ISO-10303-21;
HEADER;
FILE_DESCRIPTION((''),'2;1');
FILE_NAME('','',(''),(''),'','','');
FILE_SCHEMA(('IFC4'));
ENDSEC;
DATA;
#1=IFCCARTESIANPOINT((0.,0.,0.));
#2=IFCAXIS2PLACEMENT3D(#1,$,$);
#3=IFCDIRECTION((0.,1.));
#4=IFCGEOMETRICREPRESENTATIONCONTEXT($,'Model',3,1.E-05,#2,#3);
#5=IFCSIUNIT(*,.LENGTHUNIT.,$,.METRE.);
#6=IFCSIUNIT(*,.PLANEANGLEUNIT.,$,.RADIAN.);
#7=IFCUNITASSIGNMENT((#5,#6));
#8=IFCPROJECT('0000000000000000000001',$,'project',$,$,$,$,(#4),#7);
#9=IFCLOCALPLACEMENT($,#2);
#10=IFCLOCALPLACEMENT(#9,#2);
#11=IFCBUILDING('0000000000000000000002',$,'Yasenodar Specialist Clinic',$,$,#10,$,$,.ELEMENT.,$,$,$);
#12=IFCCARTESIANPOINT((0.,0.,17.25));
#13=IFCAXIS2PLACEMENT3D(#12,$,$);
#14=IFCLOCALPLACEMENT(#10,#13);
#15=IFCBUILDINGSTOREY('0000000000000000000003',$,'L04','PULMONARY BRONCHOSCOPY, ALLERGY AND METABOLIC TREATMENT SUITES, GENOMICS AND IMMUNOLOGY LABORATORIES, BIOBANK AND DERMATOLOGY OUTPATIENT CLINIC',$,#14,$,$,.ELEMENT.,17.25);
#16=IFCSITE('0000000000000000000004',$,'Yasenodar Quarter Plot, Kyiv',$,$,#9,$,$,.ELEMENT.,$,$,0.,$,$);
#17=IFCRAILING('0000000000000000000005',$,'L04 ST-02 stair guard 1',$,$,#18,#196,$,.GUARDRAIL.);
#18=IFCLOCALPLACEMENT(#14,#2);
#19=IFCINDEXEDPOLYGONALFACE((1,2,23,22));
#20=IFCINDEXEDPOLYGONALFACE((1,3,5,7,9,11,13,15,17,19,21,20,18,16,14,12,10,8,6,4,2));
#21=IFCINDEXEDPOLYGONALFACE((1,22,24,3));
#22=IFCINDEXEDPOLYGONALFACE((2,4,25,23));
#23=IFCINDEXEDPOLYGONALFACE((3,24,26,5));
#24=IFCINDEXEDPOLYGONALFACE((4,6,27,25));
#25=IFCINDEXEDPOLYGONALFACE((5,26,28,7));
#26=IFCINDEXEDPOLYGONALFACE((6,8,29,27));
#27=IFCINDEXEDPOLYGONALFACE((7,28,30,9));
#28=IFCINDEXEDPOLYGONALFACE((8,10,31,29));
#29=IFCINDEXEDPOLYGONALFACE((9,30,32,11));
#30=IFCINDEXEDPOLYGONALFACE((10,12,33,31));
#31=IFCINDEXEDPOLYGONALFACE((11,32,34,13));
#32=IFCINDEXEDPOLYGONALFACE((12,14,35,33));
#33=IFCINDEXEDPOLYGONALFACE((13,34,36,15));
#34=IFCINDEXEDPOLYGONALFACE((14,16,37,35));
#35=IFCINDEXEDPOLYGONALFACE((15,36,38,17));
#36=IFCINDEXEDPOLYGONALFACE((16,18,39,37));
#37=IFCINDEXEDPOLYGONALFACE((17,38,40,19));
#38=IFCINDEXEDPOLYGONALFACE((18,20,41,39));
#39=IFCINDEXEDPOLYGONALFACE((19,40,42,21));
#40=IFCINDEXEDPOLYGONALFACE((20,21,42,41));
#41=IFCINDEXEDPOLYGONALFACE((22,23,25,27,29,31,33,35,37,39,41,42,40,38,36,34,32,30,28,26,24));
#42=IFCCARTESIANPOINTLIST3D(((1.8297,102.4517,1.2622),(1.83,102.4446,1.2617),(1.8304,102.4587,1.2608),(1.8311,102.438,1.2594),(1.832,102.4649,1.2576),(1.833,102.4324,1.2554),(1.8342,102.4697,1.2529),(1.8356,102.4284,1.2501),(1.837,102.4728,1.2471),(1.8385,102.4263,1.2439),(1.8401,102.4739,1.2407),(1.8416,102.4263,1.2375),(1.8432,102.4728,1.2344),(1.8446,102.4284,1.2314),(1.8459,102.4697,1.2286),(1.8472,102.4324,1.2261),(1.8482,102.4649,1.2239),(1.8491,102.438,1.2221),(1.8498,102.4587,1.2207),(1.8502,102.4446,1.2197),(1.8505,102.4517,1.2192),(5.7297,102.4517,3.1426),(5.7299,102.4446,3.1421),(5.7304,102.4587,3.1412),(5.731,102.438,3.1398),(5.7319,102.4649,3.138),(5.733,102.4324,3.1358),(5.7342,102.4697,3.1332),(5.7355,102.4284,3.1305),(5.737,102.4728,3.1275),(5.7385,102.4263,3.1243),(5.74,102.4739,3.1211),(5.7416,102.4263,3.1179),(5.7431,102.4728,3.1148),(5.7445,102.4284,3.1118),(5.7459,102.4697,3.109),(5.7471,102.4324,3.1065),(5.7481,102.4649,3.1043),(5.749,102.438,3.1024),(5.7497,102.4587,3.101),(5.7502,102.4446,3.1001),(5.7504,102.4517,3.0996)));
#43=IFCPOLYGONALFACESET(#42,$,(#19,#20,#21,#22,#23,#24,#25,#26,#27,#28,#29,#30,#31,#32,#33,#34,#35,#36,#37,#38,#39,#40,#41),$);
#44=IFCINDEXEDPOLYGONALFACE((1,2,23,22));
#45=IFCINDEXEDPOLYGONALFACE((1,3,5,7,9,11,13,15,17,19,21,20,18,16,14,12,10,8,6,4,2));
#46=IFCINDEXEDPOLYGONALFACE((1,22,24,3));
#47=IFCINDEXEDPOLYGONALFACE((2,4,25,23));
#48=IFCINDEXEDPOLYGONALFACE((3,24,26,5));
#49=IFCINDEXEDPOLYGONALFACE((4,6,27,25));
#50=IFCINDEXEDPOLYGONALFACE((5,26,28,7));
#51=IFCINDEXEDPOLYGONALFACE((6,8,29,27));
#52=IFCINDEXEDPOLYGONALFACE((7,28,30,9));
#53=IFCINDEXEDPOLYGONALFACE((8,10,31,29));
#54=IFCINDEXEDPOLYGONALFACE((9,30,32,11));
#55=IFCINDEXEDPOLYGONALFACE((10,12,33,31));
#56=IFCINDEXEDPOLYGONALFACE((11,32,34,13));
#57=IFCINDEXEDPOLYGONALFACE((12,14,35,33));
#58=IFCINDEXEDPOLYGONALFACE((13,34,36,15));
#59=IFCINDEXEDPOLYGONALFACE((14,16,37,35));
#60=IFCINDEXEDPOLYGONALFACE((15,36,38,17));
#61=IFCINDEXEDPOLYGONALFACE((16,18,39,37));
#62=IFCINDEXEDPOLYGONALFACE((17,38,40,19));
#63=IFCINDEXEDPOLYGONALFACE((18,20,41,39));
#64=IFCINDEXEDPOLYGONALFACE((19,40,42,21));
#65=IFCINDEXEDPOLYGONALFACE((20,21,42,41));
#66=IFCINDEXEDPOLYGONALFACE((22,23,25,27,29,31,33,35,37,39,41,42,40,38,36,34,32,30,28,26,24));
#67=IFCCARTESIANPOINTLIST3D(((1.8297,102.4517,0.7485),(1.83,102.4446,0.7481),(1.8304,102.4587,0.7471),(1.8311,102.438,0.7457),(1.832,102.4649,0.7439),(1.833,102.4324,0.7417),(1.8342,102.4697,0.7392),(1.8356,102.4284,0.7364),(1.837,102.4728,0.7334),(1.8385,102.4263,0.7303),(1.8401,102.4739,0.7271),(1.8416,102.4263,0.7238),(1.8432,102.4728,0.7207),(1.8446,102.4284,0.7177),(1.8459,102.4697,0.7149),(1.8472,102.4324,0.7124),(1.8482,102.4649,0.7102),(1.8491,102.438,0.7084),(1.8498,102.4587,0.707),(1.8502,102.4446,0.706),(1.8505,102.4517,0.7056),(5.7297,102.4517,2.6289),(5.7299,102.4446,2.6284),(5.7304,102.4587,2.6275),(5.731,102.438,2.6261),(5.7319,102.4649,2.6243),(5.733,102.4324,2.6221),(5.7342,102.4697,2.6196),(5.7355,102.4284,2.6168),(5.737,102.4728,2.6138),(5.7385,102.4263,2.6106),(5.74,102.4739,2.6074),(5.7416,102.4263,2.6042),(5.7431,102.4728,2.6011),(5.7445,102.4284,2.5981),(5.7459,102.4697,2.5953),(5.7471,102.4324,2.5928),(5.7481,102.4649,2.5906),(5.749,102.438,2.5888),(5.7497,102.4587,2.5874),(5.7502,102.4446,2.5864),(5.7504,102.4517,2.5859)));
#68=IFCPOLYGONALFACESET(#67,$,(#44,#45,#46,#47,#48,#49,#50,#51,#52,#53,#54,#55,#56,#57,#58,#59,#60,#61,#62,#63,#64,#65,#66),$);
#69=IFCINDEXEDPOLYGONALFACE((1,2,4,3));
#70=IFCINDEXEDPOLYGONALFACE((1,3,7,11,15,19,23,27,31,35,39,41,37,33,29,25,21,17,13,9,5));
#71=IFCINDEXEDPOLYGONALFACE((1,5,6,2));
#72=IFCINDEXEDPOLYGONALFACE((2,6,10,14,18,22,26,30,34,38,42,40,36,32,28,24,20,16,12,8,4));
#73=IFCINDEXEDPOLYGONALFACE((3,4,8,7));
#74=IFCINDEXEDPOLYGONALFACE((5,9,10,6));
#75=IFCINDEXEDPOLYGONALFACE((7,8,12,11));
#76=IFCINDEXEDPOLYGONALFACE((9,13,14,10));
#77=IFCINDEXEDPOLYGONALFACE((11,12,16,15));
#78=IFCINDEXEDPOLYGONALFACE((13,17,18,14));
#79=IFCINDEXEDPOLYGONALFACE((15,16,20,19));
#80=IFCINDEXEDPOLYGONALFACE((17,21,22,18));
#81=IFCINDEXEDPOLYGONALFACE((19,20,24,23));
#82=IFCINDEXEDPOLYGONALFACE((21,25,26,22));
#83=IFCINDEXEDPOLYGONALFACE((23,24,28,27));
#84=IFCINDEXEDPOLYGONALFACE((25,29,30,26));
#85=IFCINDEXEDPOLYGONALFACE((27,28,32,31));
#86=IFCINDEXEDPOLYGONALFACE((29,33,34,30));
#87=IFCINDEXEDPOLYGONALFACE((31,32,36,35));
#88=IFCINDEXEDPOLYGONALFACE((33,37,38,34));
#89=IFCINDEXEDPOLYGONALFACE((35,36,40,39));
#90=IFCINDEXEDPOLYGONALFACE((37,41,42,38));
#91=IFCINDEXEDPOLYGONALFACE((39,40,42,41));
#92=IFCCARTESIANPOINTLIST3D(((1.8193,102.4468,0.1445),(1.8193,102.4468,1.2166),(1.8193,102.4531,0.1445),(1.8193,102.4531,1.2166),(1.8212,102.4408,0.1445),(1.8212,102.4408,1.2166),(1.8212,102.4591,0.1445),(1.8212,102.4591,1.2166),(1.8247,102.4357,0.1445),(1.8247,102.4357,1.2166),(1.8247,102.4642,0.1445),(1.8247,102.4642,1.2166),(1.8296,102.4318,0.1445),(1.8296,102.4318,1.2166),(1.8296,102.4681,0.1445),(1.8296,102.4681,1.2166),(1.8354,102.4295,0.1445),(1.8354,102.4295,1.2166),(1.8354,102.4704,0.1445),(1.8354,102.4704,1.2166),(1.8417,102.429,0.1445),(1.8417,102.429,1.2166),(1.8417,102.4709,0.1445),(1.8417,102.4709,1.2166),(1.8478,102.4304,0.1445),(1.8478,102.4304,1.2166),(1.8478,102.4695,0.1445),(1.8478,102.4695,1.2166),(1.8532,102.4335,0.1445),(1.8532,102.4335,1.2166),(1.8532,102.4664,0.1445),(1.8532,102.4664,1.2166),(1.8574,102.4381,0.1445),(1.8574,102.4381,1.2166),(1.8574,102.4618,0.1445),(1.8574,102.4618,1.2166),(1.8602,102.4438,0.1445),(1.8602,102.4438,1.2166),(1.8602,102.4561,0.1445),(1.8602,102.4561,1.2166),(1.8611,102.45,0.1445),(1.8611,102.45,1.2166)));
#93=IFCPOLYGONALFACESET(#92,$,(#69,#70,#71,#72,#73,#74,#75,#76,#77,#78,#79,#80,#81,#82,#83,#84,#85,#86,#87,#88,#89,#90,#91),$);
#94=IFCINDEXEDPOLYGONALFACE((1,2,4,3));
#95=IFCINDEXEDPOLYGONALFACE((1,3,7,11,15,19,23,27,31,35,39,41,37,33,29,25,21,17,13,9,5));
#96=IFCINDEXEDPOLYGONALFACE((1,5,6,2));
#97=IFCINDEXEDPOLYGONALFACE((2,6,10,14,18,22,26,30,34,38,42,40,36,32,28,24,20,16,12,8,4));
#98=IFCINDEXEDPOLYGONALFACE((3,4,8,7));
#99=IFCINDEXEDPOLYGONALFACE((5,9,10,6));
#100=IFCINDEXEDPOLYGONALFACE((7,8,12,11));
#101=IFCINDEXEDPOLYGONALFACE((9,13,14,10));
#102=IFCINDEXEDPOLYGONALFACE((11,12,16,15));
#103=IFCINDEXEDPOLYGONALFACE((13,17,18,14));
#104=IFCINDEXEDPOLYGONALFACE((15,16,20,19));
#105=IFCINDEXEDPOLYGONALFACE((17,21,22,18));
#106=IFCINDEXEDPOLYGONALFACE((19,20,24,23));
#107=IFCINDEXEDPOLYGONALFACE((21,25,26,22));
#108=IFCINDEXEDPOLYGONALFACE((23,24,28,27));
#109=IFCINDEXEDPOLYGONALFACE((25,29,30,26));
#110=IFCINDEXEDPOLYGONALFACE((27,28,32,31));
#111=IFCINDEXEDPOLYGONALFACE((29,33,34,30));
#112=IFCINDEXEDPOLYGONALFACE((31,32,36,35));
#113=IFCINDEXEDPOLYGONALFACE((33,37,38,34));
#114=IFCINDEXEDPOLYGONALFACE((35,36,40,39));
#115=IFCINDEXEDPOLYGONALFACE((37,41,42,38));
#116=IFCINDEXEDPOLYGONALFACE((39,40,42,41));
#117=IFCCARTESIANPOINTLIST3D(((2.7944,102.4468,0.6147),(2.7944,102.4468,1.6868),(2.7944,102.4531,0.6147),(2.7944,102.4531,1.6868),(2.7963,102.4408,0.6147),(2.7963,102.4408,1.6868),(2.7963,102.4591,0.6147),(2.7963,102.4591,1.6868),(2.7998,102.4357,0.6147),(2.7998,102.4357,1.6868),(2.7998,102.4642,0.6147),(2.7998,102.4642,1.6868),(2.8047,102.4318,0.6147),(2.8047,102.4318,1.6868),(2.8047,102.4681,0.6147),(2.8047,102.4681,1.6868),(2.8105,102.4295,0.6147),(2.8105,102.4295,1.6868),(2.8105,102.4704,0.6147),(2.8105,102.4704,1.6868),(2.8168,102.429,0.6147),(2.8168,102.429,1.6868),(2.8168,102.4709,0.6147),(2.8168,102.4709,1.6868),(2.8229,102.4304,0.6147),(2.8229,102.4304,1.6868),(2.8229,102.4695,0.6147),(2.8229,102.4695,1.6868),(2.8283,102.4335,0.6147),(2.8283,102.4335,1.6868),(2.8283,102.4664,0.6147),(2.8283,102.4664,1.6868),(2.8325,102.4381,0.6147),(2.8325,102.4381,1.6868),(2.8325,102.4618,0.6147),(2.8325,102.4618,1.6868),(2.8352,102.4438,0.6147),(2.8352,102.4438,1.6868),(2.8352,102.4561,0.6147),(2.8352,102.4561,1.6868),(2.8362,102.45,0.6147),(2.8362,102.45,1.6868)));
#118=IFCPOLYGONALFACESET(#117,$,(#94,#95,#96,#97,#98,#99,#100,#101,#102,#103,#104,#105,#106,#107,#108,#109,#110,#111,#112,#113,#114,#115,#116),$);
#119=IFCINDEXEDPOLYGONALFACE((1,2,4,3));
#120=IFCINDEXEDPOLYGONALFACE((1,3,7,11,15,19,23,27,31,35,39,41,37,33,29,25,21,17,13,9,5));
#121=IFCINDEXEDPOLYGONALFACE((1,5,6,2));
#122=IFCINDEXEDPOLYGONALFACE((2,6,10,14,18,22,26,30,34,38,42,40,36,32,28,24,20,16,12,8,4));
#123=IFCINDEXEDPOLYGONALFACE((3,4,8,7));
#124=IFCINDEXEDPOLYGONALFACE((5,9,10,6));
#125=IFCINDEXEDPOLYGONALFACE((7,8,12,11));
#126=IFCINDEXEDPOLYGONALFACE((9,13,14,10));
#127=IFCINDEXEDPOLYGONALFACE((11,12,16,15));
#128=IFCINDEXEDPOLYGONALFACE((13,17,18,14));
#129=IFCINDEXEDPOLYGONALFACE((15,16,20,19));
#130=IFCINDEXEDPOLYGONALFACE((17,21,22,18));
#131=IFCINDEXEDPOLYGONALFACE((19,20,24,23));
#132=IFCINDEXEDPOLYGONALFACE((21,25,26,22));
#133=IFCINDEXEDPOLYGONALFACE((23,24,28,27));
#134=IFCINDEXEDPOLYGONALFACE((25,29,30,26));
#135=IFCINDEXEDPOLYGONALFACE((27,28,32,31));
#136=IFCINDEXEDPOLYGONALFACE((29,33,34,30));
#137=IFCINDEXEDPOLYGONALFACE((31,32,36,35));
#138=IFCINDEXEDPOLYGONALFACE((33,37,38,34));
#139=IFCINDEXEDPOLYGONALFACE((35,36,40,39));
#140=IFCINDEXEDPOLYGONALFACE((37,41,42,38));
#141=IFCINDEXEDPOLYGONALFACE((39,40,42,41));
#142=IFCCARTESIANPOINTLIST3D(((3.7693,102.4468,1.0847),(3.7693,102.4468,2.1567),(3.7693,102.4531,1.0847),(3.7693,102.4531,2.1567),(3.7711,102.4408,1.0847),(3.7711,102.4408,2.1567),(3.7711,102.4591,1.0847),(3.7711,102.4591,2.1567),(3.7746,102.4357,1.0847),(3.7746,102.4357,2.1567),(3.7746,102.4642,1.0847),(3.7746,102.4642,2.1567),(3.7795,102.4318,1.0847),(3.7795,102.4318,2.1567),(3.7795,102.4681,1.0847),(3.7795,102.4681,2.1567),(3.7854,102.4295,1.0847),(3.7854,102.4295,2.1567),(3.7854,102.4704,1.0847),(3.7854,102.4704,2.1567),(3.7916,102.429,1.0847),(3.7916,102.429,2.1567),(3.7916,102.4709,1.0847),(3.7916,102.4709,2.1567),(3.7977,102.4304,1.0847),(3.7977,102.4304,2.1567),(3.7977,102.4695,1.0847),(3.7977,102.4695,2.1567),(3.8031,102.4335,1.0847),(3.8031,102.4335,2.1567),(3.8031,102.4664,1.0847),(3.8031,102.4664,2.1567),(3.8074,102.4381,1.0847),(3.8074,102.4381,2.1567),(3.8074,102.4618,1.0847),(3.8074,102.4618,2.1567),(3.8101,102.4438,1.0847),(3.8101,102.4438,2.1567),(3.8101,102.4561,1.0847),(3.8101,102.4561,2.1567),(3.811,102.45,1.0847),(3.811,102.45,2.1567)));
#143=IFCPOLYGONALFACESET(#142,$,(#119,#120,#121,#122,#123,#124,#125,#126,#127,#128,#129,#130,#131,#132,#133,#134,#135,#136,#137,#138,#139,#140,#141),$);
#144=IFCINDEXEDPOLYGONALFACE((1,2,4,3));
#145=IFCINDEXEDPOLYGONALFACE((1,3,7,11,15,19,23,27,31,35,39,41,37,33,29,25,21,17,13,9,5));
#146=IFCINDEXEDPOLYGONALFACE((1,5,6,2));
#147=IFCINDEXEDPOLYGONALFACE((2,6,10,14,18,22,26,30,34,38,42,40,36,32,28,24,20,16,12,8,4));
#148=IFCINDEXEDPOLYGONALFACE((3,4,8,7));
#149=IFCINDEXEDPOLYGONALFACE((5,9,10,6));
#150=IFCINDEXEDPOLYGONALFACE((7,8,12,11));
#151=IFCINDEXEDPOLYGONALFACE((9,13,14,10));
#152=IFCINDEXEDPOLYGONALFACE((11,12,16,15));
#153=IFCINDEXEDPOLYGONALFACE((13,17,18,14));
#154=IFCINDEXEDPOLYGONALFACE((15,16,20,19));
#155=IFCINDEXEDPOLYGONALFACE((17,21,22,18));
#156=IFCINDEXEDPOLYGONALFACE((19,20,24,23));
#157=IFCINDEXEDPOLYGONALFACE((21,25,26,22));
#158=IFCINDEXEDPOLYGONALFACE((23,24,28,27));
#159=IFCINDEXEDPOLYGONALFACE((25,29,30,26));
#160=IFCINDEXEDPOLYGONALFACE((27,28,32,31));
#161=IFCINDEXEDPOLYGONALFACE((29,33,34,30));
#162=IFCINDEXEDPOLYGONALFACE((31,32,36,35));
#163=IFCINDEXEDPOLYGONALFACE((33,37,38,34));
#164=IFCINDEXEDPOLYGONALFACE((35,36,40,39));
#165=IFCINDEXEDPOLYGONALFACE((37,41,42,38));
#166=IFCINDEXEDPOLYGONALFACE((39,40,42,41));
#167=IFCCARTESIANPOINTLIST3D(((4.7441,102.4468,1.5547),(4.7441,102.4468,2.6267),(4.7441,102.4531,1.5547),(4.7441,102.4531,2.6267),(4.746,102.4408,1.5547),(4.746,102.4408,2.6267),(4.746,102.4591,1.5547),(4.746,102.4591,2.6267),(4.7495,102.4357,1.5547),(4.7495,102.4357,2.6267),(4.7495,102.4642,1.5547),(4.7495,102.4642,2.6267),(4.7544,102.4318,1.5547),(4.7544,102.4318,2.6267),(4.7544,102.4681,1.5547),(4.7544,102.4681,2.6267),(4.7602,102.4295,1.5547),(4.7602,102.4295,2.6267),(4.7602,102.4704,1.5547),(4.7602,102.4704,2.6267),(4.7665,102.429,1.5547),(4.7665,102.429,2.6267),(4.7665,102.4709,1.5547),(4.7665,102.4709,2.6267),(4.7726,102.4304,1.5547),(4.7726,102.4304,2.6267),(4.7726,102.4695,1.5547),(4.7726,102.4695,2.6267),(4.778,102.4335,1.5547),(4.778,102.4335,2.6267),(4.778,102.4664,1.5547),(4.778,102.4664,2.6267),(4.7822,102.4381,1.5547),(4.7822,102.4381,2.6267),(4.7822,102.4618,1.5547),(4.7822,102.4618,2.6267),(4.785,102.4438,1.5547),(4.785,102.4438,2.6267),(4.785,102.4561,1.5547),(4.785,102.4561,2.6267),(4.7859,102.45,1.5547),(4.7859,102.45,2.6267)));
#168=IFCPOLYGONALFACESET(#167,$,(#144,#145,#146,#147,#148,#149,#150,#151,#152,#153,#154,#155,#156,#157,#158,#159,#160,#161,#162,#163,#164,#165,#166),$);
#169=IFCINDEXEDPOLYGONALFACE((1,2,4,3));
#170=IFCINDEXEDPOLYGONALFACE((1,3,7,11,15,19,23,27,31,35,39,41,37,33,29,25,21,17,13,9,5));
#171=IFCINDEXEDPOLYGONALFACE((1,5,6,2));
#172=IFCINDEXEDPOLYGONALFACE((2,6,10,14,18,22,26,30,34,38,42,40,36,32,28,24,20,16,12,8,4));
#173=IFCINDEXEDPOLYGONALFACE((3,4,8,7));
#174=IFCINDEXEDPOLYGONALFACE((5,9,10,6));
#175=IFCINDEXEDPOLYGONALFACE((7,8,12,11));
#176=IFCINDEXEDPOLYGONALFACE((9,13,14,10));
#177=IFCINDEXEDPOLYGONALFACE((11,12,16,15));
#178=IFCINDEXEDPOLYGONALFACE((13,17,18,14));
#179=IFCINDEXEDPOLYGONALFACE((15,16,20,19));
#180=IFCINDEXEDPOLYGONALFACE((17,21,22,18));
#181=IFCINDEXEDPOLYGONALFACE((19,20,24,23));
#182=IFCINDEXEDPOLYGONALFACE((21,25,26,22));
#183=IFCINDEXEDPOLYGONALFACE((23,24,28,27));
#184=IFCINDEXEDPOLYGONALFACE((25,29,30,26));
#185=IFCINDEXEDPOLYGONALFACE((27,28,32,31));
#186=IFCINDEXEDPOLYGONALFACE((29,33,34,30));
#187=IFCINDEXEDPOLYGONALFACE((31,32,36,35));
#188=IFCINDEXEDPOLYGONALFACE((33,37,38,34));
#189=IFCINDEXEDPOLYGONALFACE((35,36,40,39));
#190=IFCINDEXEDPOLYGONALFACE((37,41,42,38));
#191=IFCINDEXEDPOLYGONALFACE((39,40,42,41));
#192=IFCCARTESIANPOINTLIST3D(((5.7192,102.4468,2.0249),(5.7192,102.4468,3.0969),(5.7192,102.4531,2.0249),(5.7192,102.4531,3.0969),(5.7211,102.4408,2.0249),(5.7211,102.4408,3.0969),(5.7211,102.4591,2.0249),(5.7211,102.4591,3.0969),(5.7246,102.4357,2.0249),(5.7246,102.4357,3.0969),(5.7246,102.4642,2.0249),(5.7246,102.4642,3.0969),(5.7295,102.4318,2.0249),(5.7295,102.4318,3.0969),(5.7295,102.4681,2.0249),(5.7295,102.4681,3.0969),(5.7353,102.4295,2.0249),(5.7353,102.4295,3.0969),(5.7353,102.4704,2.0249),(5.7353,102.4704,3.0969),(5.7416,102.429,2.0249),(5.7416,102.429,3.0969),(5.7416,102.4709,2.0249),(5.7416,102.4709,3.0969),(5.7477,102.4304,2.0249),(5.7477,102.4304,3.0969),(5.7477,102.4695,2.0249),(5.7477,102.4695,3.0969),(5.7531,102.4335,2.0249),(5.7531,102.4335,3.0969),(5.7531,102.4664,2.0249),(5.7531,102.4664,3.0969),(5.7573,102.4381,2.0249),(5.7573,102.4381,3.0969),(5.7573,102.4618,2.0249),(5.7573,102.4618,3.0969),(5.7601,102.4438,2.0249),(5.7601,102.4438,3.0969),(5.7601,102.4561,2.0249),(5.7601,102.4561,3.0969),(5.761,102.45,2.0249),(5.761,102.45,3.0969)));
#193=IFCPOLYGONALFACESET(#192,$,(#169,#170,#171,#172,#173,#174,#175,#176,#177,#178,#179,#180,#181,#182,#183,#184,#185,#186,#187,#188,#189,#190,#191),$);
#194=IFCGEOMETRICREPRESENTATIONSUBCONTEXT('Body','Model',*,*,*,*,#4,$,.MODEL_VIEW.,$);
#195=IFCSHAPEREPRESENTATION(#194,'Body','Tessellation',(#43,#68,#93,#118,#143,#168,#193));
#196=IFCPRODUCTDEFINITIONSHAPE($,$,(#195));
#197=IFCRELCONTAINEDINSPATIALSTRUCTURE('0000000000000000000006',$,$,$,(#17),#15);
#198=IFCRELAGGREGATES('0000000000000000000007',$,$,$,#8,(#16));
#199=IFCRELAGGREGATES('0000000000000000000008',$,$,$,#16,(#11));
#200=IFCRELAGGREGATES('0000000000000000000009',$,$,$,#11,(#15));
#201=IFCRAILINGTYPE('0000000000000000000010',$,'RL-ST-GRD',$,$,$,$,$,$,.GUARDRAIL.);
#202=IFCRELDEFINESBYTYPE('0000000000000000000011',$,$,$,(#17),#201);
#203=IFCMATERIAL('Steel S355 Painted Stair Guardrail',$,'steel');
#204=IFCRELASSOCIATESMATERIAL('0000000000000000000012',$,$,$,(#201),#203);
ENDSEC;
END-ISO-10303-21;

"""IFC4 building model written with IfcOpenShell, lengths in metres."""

from ifc_helpers import new_model, si_unit, direction, frame, origin, origin_2d, place, context, subcontext, project, spatial, circle, extrude, material, type_object, element, save


model = new_model("IFC4")

# Units and contexts
model_context = context("Model", 3, precision=1e-05, world=origin(), true_north=direction((0.0, 1.0)))
body_context = subcontext(model_context, "Body", "Model", "MODEL_VIEW")
ifc_project = project(units=[si_unit("LENGTHUNIT", "METRE"), si_unit("PLANEANGLEUNIT", "RADIAN")], contexts=[model_context])

# Site, building, storey
site_placement = place(None, origin())
site = spatial("IfcSite", under=ifc_project, at=site_placement, Name="Yasenodar Quarter Plot, Kyiv", CompositionType="ELEMENT", RefElevation=0.0)
building_placement = place(site_placement, origin())
building = spatial("IfcBuilding", under=site, at=building_placement, Name="Yasenodar Specialist Clinic", CompositionType="ELEMENT")
storey_placement = place(building_placement, frame((0.0, 0.0, 17.25)))
storey = spatial("IfcBuildingStorey", under=building, at=storey_placement, Name="L04", Description="PULMONARY BRONCHOSCOPY, ALLERGY AND METABOLIC TREATMENT SUITES, GENOMICS AND IMMUNOLOGY LABORATORIES, BIOBANK AND DERMATOLOGY OUTPATIENT CLINIC", CompositionType="ELEMENT", Elevation=17.25)

# Railing
ifc_material_1 = material(Name="Steel S355 Painted Stair Guardrail", Category="steel")
railing_type_1 = type_object("IfcRailingType", Name="RL-ST-GRD", PredefinedType="GUARDRAIL", material=ifc_material_1)
railing_1_placement = place(storey_placement, frame((1.8401, 102.45, 0.1445)))
element("IfcRailing", 1, at=railing_1_placement, inside=storey, type_object=railing_type_1, Name="L04 ST-02 stair guard 1", PredefinedType="GUARDRAIL", context=body_context, shape_type="SweptSolid", body=[
    extrude(circle(Radius=0.0239, at=origin_2d()), frame((0.0, 0.0, 1.0962), z_axis=(0.900763, 0.0, 0.434311), x_axis=(0.0, 1.0, 0.0)), (0.0, 0.0, 1.0), 4.3296),
    extrude(circle(Radius=0.0239, at=origin_2d()), frame((0.0, 0.0, 0.5825), z_axis=(0.900763, 0.0, 0.434311), x_axis=(0.0, 1.0, 0.0)), (0.0, 0.0, 1.0), 4.3296),
    extrude(circle(Radius=0.021, at=origin_2d()), origin(), (0.0, 0.0, 1.0), 1.072),
    extrude(circle(Radius=0.021, at=origin_2d()), frame((0.9751, 0.0, 0.4702)), (0.0, 0.0, 1.0), 1.072),
    extrude(circle(Radius=0.021, at=origin_2d()), frame((1.95, 0.0, 0.9402)), (0.0, 0.0, 1.0), 1.072),
    extrude(circle(Radius=0.021, at=origin_2d()), frame((2.9248, 0.0, 1.4102)), (0.0, 0.0, 1.0), 1.072),
    extrude(circle(Radius=0.021, at=origin_2d()), frame((3.8999, 0.0, 1.8804)), (0.0, 0.0, 1.0), 1.072),
])

save(model, "model.ifc")
